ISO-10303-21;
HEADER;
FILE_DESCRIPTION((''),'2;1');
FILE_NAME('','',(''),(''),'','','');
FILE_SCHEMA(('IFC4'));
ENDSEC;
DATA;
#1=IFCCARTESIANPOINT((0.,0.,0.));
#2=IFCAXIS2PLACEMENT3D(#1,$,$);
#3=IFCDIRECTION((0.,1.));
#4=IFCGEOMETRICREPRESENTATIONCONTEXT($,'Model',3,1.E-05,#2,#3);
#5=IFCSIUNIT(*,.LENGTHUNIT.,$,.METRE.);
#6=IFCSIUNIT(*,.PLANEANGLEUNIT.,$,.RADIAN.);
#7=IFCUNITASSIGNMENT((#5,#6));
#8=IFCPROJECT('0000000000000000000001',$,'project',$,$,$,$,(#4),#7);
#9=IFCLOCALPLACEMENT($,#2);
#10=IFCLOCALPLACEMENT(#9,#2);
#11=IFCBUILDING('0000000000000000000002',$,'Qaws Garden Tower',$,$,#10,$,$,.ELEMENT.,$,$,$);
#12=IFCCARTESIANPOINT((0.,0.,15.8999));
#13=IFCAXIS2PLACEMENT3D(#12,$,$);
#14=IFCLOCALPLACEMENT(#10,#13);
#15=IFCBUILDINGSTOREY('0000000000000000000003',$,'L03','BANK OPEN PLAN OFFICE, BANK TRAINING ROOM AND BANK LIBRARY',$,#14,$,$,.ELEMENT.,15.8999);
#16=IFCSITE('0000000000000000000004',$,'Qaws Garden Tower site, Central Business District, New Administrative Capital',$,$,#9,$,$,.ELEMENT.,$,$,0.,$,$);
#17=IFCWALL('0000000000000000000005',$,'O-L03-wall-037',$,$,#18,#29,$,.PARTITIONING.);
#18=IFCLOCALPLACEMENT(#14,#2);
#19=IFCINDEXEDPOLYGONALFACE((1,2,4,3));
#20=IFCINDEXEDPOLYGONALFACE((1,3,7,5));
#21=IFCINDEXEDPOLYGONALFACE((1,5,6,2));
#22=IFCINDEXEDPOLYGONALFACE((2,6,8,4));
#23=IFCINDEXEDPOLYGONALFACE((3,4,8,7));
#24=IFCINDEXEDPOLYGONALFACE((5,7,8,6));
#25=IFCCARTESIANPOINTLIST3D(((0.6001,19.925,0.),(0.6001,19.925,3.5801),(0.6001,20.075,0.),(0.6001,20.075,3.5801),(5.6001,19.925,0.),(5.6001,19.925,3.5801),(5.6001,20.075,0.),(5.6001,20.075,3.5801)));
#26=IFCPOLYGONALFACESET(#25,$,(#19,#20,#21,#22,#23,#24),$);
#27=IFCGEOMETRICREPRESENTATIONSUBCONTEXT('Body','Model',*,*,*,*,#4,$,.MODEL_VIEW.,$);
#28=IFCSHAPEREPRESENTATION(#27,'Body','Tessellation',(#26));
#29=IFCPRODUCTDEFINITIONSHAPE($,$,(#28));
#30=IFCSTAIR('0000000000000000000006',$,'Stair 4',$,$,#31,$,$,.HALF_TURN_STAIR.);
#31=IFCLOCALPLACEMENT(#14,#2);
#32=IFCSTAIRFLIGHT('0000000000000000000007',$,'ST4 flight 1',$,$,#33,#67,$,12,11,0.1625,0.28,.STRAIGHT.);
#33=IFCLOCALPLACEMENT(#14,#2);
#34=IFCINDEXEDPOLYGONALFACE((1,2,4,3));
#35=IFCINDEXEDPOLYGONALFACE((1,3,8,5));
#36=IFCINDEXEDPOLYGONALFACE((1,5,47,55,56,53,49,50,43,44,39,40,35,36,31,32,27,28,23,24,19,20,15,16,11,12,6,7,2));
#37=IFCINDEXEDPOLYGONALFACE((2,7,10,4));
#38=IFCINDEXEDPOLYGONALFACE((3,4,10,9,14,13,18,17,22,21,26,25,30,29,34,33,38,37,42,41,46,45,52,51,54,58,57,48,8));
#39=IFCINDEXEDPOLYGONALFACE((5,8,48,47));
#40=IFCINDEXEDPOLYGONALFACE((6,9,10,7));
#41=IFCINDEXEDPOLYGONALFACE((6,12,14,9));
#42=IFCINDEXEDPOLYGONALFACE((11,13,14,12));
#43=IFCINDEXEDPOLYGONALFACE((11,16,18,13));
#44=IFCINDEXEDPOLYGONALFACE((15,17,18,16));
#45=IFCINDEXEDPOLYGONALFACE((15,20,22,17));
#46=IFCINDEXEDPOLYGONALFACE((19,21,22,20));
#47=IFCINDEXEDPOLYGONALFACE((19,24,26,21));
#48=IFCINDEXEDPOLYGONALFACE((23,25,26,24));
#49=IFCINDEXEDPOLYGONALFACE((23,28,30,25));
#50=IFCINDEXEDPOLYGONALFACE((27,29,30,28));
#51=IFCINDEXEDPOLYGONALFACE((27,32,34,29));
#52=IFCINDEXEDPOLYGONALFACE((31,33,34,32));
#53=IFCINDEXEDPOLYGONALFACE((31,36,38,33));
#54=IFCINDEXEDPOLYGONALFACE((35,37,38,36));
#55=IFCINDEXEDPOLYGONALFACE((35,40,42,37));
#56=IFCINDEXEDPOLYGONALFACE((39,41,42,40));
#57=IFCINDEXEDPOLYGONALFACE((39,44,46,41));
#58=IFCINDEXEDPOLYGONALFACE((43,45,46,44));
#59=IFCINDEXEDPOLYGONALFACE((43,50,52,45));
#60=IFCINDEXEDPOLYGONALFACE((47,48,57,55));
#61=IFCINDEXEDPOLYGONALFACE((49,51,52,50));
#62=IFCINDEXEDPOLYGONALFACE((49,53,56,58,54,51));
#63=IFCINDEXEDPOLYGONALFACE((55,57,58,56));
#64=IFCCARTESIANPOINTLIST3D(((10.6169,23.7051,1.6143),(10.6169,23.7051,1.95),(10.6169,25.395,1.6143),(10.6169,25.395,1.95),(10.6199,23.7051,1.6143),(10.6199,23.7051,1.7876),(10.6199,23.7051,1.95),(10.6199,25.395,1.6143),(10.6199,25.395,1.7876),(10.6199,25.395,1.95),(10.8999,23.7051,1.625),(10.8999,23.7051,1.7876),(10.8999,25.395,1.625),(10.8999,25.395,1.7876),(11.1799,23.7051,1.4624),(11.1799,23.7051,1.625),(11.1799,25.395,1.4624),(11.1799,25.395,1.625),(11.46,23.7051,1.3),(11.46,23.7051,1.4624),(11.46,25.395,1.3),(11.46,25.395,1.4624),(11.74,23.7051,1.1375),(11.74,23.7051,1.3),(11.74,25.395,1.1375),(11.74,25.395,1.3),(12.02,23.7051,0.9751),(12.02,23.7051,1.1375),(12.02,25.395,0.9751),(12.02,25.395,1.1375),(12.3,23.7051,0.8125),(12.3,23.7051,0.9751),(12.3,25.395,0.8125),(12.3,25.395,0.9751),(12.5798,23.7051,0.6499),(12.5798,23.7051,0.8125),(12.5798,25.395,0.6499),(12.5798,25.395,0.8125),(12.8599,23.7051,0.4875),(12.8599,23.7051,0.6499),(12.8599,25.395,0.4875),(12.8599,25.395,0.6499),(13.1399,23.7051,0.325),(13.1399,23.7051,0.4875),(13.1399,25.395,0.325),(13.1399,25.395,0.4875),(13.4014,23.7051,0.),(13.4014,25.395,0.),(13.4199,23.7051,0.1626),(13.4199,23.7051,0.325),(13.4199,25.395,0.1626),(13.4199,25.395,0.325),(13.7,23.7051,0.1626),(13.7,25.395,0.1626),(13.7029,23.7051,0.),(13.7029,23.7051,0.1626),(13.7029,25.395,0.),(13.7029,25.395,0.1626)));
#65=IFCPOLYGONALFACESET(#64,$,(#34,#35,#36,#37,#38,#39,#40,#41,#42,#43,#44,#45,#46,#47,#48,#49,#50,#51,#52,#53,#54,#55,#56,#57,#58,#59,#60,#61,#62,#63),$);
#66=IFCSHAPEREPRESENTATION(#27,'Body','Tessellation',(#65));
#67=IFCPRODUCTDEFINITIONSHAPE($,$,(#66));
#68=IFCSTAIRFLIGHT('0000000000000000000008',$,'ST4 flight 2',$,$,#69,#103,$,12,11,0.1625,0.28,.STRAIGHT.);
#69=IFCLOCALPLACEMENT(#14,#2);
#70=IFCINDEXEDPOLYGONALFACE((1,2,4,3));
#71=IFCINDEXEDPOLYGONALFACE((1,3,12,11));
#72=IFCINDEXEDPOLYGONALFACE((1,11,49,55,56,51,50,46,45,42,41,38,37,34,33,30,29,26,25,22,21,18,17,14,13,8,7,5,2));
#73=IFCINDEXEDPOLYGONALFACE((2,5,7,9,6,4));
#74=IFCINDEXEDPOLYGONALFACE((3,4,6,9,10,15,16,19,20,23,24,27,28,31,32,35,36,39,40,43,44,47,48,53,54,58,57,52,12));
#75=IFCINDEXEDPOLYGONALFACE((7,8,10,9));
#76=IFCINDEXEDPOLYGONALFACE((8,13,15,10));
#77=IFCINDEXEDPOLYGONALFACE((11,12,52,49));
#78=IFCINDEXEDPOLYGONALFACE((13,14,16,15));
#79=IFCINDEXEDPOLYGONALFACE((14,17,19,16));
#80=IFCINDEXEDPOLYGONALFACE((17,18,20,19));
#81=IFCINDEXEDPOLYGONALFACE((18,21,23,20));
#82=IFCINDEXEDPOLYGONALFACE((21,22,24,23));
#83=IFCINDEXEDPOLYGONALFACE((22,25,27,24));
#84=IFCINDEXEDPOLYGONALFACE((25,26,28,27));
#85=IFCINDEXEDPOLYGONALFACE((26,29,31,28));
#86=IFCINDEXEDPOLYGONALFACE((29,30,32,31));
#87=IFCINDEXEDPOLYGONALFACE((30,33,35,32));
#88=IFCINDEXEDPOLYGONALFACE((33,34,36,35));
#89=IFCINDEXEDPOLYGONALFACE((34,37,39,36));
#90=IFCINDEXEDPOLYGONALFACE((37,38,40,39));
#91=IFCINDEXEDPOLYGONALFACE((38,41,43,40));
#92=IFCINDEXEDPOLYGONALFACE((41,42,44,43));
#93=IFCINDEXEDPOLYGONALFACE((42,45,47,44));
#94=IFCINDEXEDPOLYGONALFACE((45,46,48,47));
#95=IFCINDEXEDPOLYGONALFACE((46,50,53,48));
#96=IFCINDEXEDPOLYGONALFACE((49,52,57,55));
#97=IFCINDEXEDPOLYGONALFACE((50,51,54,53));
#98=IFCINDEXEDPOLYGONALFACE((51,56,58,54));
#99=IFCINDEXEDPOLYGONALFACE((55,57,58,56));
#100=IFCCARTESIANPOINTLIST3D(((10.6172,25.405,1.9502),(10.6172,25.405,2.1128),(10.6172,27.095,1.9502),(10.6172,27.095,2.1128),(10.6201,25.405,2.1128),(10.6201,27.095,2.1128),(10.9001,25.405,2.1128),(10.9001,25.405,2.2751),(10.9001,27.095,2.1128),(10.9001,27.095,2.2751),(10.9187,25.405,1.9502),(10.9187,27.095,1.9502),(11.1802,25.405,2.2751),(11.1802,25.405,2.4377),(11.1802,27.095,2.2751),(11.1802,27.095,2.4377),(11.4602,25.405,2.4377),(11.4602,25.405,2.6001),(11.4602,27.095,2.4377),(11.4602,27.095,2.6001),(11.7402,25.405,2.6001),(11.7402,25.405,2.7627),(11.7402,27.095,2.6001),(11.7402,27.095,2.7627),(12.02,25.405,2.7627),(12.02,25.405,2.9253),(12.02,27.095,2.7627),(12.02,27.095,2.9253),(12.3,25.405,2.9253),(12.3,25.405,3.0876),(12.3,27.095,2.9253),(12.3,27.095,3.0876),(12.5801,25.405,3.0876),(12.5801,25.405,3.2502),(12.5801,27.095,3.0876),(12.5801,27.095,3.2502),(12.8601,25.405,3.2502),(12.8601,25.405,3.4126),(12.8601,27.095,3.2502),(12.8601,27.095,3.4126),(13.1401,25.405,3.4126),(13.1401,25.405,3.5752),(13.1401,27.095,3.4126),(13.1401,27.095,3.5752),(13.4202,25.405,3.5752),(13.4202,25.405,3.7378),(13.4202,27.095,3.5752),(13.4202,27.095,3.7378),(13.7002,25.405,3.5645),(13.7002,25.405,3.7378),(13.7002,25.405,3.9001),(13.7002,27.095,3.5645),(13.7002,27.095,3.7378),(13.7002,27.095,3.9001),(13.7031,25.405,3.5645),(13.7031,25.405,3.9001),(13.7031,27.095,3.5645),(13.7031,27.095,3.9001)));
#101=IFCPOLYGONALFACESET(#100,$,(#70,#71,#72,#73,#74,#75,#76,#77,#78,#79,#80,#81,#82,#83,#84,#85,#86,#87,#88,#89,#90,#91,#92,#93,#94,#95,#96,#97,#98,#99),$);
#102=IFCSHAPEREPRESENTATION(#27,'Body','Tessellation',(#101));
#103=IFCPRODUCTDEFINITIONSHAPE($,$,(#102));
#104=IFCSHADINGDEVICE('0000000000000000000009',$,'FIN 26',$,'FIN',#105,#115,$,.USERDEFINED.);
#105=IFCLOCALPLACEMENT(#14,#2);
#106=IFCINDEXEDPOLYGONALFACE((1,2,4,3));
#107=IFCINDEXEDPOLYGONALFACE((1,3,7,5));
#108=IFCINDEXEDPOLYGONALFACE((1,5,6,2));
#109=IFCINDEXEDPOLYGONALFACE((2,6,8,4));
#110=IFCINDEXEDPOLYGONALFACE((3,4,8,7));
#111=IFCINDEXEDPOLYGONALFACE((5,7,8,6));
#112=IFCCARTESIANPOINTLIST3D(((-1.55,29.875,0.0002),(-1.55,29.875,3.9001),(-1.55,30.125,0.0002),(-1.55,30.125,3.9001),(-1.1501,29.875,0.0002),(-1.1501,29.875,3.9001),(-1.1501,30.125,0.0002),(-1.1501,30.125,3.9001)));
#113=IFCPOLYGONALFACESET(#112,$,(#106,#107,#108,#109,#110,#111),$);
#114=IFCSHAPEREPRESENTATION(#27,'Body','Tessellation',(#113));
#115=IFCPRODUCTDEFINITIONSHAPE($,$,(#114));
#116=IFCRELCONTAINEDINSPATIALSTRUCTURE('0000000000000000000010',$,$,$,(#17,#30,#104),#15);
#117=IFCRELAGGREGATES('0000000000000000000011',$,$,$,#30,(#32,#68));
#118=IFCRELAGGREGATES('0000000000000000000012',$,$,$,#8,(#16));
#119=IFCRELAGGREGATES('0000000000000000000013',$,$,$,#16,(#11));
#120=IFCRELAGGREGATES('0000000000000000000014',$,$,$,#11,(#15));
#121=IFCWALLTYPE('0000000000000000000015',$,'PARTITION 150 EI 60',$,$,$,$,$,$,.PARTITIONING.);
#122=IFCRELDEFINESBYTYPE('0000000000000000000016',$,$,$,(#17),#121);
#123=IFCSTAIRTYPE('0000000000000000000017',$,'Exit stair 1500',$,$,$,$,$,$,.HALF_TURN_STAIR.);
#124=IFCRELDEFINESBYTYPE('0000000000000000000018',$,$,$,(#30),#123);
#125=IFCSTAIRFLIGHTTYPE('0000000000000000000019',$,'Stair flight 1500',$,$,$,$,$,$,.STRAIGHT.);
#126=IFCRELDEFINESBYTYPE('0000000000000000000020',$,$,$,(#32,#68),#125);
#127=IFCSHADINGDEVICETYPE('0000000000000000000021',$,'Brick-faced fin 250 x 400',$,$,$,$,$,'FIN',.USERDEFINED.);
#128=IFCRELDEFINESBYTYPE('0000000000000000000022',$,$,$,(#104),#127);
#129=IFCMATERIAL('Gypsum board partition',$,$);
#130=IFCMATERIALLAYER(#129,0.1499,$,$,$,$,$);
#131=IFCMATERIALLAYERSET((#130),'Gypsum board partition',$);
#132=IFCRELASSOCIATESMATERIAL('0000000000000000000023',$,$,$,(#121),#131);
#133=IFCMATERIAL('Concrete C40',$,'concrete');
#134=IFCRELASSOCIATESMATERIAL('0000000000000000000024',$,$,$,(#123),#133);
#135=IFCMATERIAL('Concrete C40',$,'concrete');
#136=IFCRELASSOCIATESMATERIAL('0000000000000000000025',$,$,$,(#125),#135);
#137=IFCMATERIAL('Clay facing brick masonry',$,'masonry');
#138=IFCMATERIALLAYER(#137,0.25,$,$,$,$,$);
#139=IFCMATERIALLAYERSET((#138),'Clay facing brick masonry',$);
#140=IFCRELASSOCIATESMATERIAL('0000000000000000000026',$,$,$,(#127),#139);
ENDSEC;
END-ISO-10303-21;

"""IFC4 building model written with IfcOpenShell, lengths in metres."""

from ifc_helpers import new_model, si_unit, direction, frame, frame_2d, origin, origin_2d, place, context, subcontext, project, spatial, polyline, rectangle, outline, extrude, material, layer, layer_set, type_object, element, aggregate, save


model = new_model("IFC4")

# Units and contexts
model_context = context("Model", 3, precision=1e-05, world=origin(), true_north=direction((0.0, 1.0)))
body_context = subcontext(model_context, "Body", "Model", "MODEL_VIEW")
ifc_project = project(units=[si_unit("LENGTHUNIT", "METRE"), si_unit("PLANEANGLEUNIT", "RADIAN")], contexts=[model_context])

# Site, building, storey
site_placement = place(None, origin())
site = spatial("IfcSite", under=ifc_project, at=site_placement, Name="Qaws Garden Tower site, Central Business District, New Administrative Capital", CompositionType="ELEMENT", RefElevation=0.0)
building_placement = place(site_placement, origin())
building = spatial("IfcBuilding", under=site, at=building_placement, Name="Qaws Garden Tower", CompositionType="ELEMENT")
storey_placement = place(building_placement, frame((0.0, 0.0, 15.8999)))
storey = spatial("IfcBuildingStorey", under=building, at=storey_placement, Name="L03", Description="BANK OPEN PLAN OFFICE, BANK TRAINING ROOM AND BANK LIBRARY", CompositionType="ELEMENT", Elevation=15.8999)

# Wall
ifc_material_1 = material(Name="Gypsum board partition")
ifc_layer_1 = layer(ifc_material_1, 0.1499)
ifc_layer_set_1 = layer_set([ifc_layer_1], Name="Gypsum board partition")
wall_type_1 = type_object("IfcWallType", Name="PARTITION 150 EI 60", PredefinedType="PARTITIONING", material=ifc_layer_set_1)
wall_1_placement = place(storey_placement, frame((0.6001, 20.0, 0.0), z_axis=(0.0, 0.0, 1.0), x_axis=(1.0, 0.0, 0.0)))
element("IfcWall", 1, at=wall_1_placement, inside=storey, type_object=wall_type_1, Name="O-L03-wall-037", PredefinedType="PARTITIONING", context=body_context, shape_type="SweptSolid", body=[
    extrude(rectangle(XDim=5.0, YDim=0.1499, at=frame_2d((2.5, 0.0))), origin(), (0.0, 0.0, 1.0), 3.5801),
])

# Stair, stair flights
ifc_material_2 = material(Name="Concrete C40", Category="concrete")
stair_type = type_object("IfcStairType", Name="Exit stair 1500", PredefinedType="HALF_TURN_STAIR", material=ifc_material_2)
stair_placement = place(storey_placement, origin())
stair = element("IfcStair", 2, at=stair_placement, inside=storey, type_object=stair_type, Name="Stair 4", PredefinedType="HALF_TURN_STAIR")
ifc_material_3 = material(Name="Concrete C40", Category="concrete")
stair_flight_type = type_object("IfcStairFlightType", Name="Stair flight 1500", PredefinedType="STRAIGHT", material=ifc_material_3)
stair_flight_1_placement = place(storey_placement, frame((13.7, 24.55, 0.0), z_axis=(0.0, 0.0, 1.0), x_axis=(-1.0, 0.0, 0.0)))
stair_flight_1 = element("IfcStairFlight", 3, at=stair_flight_1_placement, type_object=stair_flight_type, Name="ST4 flight 1", NumberOfRisers=12, NumberOfTreads=11, PredefinedType="STRAIGHT", RiserHeight=0.1625, TreadLength=0.28, context=body_context, shape_type="SweptSolid", body=[
    extrude(outline(polyline([(-0.0029, 0.0), (-0.0029, 0.1626), (0.0, 0.1626), (0.28, 0.1626), (0.28, 0.325), (0.5601, 0.325), (0.5601, 0.4875), (0.8401, 0.4875), (0.8401, 0.6499), (1.1201, 0.6499), (1.1201, 0.8125), (1.3999, 0.8125), (1.3999, 0.9751), (1.6799, 0.9751), (1.6799, 1.1375), (1.96, 1.1375), (1.96, 1.3), (2.24, 1.3), (2.24, 1.4624), (2.52, 1.4624), (2.52, 1.625), (2.8, 1.625), (2.8, 1.7876), (3.0801, 1.7876), (3.0801, 1.95), (3.083, 1.95), (3.083, 1.6143), (3.0801, 1.6143), (0.2986, 0.0), (-0.0029, 0.0)])), frame((0.0, 0.845, 0.0), z_axis=(0.0, -1.0, 0.0), x_axis=(1.0, 0.0, 0.0)), (0.0, 0.0, 1.0), 1.6899),
])
stair_flight_2_placement = place(storey_placement, frame((10.6201, 26.25, 1.9502), z_axis=(0.0, 0.0, 1.0), x_axis=(1.0, 0.0, 0.0)))
stair_flight_2 = element("IfcStairFlight", 4, at=stair_flight_2_placement, type_object=stair_flight_type, Name="ST4 flight 2", NumberOfRisers=12, NumberOfTreads=11, PredefinedType="STRAIGHT", RiserHeight=0.1625, TreadLength=0.28, context=body_context, shape_type="SweptSolid", body=[
    extrude(outline(polyline([(-0.0029, 0.0), (-0.0029, 0.1626), (0.0, 0.1626), (0.28, 0.1626), (0.28, 0.325), (0.5601, 0.325), (0.5601, 0.4875), (0.8401, 0.4875), (0.8401, 0.6499), (1.1201, 0.6499), (1.1201, 0.8125), (1.3999, 0.8125), (1.3999, 0.9751), (1.6799, 0.9751), (1.6799, 1.1375), (1.96, 1.1375), (1.96, 1.3), (2.24, 1.3), (2.24, 1.4624), (2.52, 1.4624), (2.52, 1.625), (2.8, 1.625), (2.8, 1.7876), (3.0801, 1.7876), (3.0801, 1.95), (3.083, 1.95), (3.083, 1.6143), (3.0801, 1.6143), (0.2986, 0.0), (-0.0029, 0.0)])), frame((0.0, 0.845, 0.0), z_axis=(0.0, -1.0, 0.0), x_axis=(1.0, 0.0, 0.0)), (0.0, 0.0, 1.0), 1.6899),
])
aggregate(stair, [stair_flight_1, stair_flight_2])

# Shading device
ifc_material_4 = material(Name="Clay facing brick masonry", Category="masonry")
ifc_layer_2 = layer(ifc_material_4, 0.25)
ifc_layer_set_2 = layer_set([ifc_layer_2], Name="Clay facing brick masonry")
shading_device_type = type_object("IfcShadingDeviceType", Name="Brick-faced fin 250 x 400", ElementType="FIN", PredefinedType="USERDEFINED", material=ifc_layer_set_2)
shading_device_placement = place(storey_placement, frame((-1.3501, 30.0, 0.0002), z_axis=(0.0, 0.0, 1.0), x_axis=(0.0, -1.0, 0.0)))
element("IfcShadingDevice", 5, at=shading_device_placement, inside=storey, type_object=shading_device_type, Name="FIN 26", ObjectType="FIN", PredefinedType="USERDEFINED", context=body_context, shape_type="SweptSolid", body=[
    extrude(rectangle(XDim=0.25, YDim=0.3999, at=origin_2d()), origin(), (0.0, 0.0, 1.0), 3.8999),
])

save(model, "model.ifc")
